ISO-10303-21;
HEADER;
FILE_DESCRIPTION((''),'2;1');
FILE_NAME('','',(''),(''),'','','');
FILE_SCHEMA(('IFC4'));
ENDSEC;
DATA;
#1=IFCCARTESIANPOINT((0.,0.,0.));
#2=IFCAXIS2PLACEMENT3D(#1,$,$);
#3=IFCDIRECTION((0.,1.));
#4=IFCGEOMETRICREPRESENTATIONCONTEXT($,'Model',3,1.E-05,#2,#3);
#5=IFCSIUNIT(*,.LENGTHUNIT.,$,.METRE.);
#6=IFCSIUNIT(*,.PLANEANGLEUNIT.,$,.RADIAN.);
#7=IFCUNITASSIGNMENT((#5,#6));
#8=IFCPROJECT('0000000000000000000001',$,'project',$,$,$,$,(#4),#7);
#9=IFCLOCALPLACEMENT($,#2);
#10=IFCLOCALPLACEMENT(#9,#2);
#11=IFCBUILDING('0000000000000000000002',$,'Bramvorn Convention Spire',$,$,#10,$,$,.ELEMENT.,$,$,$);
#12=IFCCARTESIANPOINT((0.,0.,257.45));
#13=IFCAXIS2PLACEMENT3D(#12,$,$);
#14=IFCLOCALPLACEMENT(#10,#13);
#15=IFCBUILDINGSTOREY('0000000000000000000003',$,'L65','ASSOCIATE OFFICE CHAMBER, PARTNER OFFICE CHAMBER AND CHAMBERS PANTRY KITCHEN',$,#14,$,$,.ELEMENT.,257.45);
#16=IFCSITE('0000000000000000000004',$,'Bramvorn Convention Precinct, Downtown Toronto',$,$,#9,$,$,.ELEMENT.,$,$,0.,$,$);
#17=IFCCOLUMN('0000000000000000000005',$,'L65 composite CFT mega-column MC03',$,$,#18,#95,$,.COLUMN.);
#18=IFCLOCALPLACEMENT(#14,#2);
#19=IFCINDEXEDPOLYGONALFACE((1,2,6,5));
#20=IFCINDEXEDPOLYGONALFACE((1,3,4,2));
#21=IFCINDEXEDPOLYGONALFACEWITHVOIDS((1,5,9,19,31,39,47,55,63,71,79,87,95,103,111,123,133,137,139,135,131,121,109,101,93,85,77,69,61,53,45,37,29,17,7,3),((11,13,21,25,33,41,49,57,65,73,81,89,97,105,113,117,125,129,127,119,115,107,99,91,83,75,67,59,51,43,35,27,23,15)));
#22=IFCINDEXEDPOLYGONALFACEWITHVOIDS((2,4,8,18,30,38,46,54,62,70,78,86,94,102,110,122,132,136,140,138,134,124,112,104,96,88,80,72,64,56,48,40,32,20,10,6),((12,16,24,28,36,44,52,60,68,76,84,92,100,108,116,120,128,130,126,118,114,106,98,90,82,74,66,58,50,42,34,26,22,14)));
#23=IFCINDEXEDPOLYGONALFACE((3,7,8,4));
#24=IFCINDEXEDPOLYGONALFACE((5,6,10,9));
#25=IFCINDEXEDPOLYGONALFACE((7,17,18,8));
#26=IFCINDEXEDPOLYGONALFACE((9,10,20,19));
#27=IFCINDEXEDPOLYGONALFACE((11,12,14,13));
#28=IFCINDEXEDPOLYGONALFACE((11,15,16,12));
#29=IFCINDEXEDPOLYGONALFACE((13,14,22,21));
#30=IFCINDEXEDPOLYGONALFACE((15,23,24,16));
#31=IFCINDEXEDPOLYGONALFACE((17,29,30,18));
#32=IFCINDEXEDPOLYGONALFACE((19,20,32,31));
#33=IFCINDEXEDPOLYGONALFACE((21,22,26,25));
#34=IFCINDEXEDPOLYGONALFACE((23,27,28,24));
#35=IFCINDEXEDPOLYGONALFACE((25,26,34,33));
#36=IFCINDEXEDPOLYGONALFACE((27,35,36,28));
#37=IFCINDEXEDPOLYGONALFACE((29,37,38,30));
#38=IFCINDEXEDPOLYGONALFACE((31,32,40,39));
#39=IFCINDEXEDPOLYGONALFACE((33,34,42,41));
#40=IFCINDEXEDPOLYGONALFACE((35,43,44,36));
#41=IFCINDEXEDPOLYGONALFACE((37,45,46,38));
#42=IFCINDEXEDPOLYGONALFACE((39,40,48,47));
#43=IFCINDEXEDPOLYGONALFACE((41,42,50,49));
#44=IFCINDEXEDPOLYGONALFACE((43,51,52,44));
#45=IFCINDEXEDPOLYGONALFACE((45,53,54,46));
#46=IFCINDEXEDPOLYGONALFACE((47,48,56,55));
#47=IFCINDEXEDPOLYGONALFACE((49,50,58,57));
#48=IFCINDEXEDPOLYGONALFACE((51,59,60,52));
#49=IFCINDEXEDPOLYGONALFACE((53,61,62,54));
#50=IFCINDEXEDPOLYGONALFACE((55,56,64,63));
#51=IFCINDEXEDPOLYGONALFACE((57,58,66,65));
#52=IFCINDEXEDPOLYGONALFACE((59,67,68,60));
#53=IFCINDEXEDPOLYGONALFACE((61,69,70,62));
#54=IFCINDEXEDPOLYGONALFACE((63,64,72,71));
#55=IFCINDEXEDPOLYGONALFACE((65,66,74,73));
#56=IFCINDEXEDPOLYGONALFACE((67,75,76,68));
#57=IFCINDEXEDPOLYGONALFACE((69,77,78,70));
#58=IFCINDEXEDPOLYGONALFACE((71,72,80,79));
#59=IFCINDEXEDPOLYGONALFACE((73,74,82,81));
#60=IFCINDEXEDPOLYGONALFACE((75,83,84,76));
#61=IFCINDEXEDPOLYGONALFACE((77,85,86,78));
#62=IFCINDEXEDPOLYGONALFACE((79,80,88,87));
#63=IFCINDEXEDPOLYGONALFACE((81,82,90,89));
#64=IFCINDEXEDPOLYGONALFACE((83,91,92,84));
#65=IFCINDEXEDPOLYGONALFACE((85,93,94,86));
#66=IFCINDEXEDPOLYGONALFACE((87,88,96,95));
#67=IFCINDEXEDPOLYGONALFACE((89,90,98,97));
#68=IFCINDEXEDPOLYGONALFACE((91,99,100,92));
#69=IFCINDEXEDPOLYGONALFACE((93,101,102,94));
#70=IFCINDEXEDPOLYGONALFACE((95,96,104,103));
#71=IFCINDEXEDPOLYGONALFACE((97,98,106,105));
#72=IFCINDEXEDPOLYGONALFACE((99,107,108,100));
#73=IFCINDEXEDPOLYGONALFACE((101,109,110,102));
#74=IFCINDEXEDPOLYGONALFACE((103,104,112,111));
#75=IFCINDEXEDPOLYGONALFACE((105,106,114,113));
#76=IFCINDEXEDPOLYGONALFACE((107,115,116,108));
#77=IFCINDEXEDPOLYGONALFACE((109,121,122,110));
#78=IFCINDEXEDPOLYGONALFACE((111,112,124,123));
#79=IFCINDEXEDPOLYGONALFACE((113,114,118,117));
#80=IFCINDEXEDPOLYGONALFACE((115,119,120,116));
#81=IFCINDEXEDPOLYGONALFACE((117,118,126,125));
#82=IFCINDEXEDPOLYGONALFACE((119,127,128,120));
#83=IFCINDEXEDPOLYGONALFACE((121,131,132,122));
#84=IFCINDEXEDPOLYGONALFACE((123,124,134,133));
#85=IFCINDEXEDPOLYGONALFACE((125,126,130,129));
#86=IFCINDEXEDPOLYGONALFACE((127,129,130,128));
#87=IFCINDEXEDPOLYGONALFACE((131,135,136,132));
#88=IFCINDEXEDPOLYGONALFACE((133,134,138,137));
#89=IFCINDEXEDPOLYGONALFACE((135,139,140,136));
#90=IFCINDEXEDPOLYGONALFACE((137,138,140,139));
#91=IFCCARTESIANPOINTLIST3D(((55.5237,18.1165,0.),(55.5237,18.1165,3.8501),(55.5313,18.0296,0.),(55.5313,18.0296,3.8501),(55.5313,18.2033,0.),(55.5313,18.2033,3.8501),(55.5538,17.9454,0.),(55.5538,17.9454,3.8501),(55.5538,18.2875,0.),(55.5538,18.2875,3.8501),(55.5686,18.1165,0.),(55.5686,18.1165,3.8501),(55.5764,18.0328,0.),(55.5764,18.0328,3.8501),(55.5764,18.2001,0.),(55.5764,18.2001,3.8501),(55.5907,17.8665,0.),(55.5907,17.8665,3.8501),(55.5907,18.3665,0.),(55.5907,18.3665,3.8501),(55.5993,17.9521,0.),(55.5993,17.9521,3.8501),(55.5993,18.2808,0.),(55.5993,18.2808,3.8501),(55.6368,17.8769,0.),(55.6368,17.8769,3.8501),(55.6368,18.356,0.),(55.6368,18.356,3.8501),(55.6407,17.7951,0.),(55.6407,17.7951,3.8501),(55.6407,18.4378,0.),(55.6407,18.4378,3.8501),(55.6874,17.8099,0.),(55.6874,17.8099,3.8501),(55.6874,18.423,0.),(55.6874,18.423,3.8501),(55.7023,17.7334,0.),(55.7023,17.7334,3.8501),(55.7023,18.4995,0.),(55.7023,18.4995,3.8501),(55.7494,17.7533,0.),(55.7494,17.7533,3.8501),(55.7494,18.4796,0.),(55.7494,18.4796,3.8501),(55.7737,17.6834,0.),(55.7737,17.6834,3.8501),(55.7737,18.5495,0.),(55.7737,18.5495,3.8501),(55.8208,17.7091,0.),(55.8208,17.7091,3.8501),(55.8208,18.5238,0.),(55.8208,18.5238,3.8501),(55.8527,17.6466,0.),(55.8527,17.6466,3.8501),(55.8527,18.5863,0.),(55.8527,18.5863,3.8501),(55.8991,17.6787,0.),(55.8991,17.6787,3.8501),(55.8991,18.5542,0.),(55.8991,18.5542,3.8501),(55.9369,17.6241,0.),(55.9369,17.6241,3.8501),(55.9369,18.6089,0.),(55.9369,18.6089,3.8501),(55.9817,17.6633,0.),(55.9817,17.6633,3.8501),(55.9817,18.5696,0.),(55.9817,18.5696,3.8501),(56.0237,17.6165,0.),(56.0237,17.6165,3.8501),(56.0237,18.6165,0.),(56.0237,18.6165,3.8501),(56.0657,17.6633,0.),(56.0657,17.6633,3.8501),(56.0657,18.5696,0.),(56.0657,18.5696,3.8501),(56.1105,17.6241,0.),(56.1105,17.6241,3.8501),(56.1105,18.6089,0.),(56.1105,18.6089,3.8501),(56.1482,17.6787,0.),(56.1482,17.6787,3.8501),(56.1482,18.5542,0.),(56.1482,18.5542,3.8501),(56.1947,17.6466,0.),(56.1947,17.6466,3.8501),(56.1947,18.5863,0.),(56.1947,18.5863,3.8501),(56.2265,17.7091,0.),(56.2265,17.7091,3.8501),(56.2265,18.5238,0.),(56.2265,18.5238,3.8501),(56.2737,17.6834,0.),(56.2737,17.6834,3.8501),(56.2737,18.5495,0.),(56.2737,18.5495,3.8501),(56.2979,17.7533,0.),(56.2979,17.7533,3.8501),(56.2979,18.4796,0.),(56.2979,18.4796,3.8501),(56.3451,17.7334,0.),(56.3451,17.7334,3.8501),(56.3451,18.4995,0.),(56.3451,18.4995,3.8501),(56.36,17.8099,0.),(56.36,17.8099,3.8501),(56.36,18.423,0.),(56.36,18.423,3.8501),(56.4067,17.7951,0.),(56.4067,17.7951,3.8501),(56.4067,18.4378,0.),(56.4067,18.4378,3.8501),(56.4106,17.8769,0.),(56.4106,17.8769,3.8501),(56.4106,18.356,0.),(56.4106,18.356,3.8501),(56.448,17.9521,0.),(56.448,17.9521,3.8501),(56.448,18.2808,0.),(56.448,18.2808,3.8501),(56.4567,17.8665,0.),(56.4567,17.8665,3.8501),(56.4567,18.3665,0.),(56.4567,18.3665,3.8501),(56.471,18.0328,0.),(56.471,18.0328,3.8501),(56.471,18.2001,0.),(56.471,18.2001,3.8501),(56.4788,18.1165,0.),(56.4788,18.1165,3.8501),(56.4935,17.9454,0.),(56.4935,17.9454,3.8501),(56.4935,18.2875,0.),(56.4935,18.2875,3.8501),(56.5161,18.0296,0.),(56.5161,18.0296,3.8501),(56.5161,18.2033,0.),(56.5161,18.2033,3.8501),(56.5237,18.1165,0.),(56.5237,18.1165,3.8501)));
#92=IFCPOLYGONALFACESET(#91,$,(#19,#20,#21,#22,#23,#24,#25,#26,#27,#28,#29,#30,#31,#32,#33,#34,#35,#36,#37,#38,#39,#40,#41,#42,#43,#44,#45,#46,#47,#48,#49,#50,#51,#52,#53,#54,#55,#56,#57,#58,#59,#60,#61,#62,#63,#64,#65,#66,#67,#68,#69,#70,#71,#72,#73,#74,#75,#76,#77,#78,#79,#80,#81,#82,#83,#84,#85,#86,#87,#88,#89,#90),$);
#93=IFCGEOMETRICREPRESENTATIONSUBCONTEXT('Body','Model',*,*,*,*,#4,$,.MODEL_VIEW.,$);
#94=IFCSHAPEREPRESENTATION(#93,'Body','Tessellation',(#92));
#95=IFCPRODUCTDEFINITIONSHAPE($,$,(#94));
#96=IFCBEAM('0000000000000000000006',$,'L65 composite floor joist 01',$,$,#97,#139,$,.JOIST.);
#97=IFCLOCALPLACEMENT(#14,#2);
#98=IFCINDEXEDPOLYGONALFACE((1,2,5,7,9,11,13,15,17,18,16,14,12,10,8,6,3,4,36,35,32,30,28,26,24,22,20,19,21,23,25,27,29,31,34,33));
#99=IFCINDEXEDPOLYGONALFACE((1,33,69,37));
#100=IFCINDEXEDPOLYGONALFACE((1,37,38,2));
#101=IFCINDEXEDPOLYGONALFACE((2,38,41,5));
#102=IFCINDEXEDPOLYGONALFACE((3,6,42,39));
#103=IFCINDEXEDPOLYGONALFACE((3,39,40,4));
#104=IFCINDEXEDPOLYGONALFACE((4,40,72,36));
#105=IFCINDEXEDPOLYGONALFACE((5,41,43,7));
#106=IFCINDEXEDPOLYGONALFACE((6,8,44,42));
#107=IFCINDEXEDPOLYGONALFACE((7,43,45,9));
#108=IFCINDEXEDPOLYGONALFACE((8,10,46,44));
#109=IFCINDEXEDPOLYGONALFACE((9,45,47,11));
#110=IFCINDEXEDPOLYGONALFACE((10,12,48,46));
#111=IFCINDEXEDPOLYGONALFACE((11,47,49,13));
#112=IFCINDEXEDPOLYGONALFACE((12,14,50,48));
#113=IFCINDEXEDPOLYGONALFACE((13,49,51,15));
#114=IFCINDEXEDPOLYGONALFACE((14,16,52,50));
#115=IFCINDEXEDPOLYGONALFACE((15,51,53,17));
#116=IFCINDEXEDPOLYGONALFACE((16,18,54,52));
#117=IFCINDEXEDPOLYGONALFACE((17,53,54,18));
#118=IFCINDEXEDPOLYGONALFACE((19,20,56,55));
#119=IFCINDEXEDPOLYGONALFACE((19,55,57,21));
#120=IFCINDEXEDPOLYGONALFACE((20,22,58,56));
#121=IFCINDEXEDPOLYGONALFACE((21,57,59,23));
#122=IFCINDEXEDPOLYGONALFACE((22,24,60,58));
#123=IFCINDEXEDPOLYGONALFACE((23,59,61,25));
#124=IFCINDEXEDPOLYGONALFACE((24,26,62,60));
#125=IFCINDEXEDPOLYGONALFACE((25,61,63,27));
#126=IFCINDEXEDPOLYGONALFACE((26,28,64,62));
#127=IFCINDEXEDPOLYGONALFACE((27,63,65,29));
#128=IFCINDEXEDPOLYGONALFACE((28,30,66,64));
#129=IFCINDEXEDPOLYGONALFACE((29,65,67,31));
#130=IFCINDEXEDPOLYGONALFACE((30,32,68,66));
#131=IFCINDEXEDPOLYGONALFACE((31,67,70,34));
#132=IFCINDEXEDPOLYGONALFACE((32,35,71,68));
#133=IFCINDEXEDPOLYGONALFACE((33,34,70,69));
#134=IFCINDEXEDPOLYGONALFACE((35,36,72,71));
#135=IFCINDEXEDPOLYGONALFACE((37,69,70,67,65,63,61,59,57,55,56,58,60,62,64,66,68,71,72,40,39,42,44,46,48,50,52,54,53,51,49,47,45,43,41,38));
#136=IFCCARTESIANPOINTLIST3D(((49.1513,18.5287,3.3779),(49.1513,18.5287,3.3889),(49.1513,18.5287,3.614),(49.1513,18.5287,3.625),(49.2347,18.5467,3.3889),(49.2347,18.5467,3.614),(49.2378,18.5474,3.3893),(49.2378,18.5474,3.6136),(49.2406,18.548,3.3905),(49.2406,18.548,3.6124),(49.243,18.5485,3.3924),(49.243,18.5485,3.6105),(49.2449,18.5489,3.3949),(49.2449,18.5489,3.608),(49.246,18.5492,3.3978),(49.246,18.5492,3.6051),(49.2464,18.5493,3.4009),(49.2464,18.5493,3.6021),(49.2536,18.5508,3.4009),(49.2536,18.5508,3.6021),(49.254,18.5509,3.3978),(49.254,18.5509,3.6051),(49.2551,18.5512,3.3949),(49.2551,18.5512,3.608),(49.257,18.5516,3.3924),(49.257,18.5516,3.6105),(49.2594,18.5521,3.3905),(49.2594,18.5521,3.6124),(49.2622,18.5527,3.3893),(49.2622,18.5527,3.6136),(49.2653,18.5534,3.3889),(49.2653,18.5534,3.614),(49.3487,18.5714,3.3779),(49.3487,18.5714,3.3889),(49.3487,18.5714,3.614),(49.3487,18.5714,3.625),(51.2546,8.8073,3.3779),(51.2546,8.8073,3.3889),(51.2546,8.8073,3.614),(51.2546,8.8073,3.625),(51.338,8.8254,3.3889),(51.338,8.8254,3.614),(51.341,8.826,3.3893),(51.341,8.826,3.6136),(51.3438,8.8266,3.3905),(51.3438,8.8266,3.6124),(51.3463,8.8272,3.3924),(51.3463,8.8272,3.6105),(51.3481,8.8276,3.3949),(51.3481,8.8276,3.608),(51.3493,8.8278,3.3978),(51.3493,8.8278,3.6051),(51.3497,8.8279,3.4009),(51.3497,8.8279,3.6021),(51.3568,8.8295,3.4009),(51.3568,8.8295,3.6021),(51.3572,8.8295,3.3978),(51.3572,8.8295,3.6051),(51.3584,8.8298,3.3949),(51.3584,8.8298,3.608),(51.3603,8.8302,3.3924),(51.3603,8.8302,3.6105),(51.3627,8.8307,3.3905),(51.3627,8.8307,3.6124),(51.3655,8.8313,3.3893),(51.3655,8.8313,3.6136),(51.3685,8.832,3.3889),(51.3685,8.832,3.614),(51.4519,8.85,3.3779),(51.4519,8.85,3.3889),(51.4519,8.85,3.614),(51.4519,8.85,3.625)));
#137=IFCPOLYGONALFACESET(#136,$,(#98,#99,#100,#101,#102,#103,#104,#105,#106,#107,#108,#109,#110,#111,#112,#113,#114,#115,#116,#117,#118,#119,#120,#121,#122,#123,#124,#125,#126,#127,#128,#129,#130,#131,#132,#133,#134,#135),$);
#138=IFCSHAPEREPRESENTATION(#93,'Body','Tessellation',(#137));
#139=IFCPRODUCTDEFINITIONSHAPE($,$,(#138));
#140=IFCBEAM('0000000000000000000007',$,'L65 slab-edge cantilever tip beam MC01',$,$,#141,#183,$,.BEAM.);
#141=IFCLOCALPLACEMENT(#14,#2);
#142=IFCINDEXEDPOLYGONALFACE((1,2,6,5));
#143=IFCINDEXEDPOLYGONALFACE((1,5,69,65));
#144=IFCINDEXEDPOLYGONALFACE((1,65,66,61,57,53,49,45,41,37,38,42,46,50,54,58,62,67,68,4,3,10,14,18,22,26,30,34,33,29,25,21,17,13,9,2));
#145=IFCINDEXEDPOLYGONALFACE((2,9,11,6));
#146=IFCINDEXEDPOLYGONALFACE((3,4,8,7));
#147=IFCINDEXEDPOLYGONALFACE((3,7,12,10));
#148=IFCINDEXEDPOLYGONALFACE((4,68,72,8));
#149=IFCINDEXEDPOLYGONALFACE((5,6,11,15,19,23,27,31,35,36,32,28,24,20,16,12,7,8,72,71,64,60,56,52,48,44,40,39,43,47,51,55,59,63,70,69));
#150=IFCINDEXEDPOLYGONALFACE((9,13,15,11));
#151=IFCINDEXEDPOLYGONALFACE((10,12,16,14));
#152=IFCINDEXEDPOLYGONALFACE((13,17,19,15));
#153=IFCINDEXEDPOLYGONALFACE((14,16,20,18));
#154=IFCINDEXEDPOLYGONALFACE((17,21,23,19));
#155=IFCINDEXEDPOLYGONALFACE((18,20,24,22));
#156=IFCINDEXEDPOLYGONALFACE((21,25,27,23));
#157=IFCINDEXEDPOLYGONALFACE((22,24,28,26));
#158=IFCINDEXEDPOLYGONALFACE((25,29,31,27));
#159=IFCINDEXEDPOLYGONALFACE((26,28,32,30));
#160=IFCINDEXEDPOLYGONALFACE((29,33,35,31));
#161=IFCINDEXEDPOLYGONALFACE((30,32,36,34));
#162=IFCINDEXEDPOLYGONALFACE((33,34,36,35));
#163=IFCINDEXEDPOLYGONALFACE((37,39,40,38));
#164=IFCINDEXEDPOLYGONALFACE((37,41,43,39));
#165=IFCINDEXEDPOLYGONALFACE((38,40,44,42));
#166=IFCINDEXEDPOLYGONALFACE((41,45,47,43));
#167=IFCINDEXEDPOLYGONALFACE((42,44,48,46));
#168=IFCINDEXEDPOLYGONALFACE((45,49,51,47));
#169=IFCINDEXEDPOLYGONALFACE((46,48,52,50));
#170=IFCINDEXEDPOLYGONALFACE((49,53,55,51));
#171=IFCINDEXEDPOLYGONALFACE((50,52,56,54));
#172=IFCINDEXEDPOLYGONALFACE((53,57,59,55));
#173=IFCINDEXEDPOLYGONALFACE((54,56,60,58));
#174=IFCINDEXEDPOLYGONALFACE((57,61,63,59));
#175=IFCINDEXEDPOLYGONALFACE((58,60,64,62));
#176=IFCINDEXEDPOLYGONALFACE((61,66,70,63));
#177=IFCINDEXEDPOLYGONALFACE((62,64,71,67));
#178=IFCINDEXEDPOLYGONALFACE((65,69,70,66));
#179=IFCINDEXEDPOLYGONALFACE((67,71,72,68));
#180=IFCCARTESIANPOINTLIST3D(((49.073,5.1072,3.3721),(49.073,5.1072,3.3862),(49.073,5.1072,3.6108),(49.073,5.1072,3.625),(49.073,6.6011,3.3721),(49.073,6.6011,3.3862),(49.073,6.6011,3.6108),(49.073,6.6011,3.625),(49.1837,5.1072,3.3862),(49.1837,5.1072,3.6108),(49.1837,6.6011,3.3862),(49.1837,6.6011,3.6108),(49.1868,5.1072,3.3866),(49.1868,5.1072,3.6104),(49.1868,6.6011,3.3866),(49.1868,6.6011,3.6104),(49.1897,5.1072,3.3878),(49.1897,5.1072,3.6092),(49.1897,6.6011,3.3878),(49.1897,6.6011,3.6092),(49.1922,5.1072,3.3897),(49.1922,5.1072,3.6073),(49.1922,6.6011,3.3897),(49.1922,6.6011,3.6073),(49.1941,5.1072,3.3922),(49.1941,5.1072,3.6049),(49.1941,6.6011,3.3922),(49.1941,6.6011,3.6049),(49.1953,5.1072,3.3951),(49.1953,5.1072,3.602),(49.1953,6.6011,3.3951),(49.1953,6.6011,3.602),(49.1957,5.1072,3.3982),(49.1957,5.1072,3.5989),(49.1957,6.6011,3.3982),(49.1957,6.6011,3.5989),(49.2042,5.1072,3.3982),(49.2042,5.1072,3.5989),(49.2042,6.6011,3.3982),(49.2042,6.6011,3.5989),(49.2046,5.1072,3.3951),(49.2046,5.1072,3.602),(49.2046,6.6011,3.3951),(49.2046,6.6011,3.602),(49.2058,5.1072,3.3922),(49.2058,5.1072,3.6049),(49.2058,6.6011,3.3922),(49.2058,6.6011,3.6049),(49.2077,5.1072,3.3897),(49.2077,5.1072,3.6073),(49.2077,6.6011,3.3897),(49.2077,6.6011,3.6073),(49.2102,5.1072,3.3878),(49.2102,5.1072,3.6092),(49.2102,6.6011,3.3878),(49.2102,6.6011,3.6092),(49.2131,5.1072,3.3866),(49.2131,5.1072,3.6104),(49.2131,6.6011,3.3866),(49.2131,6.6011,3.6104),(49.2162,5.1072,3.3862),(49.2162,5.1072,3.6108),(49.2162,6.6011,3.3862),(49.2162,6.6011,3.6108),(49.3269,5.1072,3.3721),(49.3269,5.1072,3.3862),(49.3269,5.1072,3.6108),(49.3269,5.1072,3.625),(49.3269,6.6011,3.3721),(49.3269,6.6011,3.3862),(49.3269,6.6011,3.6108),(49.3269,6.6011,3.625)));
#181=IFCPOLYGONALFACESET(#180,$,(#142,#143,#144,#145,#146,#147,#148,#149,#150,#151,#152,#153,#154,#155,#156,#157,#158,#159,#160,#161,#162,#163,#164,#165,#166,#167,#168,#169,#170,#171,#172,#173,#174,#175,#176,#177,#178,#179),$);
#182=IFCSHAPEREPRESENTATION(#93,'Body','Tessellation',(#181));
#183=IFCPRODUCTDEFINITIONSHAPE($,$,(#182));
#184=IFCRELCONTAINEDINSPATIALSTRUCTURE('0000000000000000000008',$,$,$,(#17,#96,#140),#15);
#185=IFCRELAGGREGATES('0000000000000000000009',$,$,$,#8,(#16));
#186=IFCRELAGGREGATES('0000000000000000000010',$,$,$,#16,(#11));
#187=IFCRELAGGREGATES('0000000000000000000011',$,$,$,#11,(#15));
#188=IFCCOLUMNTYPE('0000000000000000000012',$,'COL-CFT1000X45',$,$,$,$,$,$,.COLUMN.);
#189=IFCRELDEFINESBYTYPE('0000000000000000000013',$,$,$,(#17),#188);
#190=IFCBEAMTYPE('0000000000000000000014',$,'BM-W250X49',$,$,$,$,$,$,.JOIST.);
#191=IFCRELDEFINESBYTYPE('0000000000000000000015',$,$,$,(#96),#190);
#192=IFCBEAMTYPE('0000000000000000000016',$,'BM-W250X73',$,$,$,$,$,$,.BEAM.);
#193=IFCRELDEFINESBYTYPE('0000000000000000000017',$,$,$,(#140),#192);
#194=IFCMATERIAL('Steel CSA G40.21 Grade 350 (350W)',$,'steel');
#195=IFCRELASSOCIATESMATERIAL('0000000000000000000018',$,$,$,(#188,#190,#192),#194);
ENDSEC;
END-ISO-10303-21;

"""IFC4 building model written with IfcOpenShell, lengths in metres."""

from ifc_helpers import new_model, si_unit, direction, frame, origin, origin_2d, place, context, subcontext, project, spatial, hollow_circle, i_section, extrude, material, material_profile, profile_set, type_object, element, save


model = new_model("IFC4")

# Units and contexts
model_context = context("Model", 3, precision=1e-05, world=origin(), true_north=direction((0.0, 1.0)))
body_context = subcontext(model_context, "Body", "Model", "MODEL_VIEW")
ifc_project = project(units=[si_unit("LENGTHUNIT", "METRE"), si_unit("PLANEANGLEUNIT", "RADIAN")], contexts=[model_context])

# Site, building, storey
site_placement = place(None, origin())
site = spatial("IfcSite", under=ifc_project, at=site_placement, Name="Bramvorn Convention Precinct, Downtown Toronto", CompositionType="ELEMENT", RefElevation=0.0)
building_placement = place(site_placement, origin())
building = spatial("IfcBuilding", under=site, at=building_placement, Name="Bramvorn Convention Spire", CompositionType="ELEMENT")
storey_placement = place(building_placement, frame((0.0, 0.0, 257.45)))
storey = spatial("IfcBuildingStorey", under=building, at=storey_placement, Name="L65", Description="ASSOCIATE OFFICE CHAMBER, PARTNER OFFICE CHAMBER AND CHAMBERS PANTRY KITCHEN", CompositionType="ELEMENT", Elevation=257.45)

# Column
ifc_material_1 = material(Name="Steel CSA G40.21 Grade 350 (350W)", Category="steel")
ifc_material_profile_1 = material_profile(ifc_material_1, hollow_circle(Radius=0.5, WallThickness=0.0449, at=origin_2d()))
ifc_profile_set_1 = profile_set([ifc_material_profile_1], Name="Steel CSA G40.21 Grade 350 (350W) - CFT1000X45")
column_type = type_object("IfcColumnType", Name="COL-CFT1000X45", PredefinedType="COLUMN", material=ifc_profile_set_1)
for number, where, z_axis, x_axis, name in (
    (1, (56.0237, 18.1165, 0.0), (0.0, 0.0, 1.0), (1.0, 0.0, 0.0), "L65 composite CFT mega-column MC03"),
):
    element("IfcColumn", number, at=place(storey_placement, frame(where, z_axis=z_axis, x_axis=x_axis)), inside=storey, type_object=column_type, Name=name, PredefinedType="COLUMN", context=body_context, shape_type="SweptSolid", body=[
        extrude(hollow_circle(Radius=0.5, WallThickness=0.0449, at=origin_2d()), origin(), (0.0, 0.0, 1.0), 3.8501),
    ])

# Beams
ifc_material_profile_2 = material_profile(ifc_material_1, i_section(OverallWidth=0.2019, OverallDepth=0.2471, WebThickness=0.0073, FlangeThickness=0.011, FilletRadius=0.012, at=origin_2d()))
ifc_profile_set_2 = profile_set([ifc_material_profile_2], Name="Steel CSA G40.21 Grade 350 (350W) - W250X49")
beam_type_1 = type_object("IfcBeamType", Name="BM-W250X49", PredefinedType="JOIST", material=ifc_profile_set_2)
beam_1_placement = place(storey_placement, frame((49.25, 18.55, 3.5015), z_axis=(0.211461, -0.977386, 0.0), x_axis=(0.977386, 0.211461, 0.0)))
element("IfcBeam", 2, at=beam_1_placement, inside=storey, type_object=beam_type_1, Name="L65 composite floor joist 01", PredefinedType="JOIST", context=body_context, shape_type="SweptSolid", body=[
    extrude(i_section(OverallWidth=0.2019, OverallDepth=0.2471, WebThickness=0.0073, FlangeThickness=0.011, FilletRadius=0.012, at=origin_2d()), origin(), (0.0, 0.0, 1.0), 9.9463),
])
ifc_material_profile_3 = material_profile(ifc_material_1, i_section(OverallWidth=0.2539, OverallDepth=0.2529, WebThickness=0.0085, FlangeThickness=0.0142, FilletRadius=0.012, at=origin_2d()))
ifc_profile_set_3 = profile_set([ifc_material_profile_3], Name="Steel CSA G40.21 Grade 350 (350W) - W250X73")
beam_type_2 = type_object("IfcBeamType", Name="BM-W250X73", PredefinedType="BEAM", material=ifc_profile_set_3)
beam_2_placement = place(storey_placement, frame((49.2, 6.6011, 3.4985), z_axis=(0.0, -1.0, 0.0), x_axis=(1.0, 0.0, 0.0)))
element("IfcBeam", 3, at=beam_2_placement, inside=storey, type_object=beam_type_2, Name="L65 slab-edge cantilever tip beam MC01", PredefinedType="BEAM", context=body_context, shape_type="SweptSolid", body=[
    extrude(i_section(OverallWidth=0.2539, OverallDepth=0.2529, WebThickness=0.0085, FlangeThickness=0.0142, FilletRadius=0.012, at=origin_2d()), origin(), (0.0, 0.0, 1.0), 1.4939),
])

save(model, "model.ifc")
